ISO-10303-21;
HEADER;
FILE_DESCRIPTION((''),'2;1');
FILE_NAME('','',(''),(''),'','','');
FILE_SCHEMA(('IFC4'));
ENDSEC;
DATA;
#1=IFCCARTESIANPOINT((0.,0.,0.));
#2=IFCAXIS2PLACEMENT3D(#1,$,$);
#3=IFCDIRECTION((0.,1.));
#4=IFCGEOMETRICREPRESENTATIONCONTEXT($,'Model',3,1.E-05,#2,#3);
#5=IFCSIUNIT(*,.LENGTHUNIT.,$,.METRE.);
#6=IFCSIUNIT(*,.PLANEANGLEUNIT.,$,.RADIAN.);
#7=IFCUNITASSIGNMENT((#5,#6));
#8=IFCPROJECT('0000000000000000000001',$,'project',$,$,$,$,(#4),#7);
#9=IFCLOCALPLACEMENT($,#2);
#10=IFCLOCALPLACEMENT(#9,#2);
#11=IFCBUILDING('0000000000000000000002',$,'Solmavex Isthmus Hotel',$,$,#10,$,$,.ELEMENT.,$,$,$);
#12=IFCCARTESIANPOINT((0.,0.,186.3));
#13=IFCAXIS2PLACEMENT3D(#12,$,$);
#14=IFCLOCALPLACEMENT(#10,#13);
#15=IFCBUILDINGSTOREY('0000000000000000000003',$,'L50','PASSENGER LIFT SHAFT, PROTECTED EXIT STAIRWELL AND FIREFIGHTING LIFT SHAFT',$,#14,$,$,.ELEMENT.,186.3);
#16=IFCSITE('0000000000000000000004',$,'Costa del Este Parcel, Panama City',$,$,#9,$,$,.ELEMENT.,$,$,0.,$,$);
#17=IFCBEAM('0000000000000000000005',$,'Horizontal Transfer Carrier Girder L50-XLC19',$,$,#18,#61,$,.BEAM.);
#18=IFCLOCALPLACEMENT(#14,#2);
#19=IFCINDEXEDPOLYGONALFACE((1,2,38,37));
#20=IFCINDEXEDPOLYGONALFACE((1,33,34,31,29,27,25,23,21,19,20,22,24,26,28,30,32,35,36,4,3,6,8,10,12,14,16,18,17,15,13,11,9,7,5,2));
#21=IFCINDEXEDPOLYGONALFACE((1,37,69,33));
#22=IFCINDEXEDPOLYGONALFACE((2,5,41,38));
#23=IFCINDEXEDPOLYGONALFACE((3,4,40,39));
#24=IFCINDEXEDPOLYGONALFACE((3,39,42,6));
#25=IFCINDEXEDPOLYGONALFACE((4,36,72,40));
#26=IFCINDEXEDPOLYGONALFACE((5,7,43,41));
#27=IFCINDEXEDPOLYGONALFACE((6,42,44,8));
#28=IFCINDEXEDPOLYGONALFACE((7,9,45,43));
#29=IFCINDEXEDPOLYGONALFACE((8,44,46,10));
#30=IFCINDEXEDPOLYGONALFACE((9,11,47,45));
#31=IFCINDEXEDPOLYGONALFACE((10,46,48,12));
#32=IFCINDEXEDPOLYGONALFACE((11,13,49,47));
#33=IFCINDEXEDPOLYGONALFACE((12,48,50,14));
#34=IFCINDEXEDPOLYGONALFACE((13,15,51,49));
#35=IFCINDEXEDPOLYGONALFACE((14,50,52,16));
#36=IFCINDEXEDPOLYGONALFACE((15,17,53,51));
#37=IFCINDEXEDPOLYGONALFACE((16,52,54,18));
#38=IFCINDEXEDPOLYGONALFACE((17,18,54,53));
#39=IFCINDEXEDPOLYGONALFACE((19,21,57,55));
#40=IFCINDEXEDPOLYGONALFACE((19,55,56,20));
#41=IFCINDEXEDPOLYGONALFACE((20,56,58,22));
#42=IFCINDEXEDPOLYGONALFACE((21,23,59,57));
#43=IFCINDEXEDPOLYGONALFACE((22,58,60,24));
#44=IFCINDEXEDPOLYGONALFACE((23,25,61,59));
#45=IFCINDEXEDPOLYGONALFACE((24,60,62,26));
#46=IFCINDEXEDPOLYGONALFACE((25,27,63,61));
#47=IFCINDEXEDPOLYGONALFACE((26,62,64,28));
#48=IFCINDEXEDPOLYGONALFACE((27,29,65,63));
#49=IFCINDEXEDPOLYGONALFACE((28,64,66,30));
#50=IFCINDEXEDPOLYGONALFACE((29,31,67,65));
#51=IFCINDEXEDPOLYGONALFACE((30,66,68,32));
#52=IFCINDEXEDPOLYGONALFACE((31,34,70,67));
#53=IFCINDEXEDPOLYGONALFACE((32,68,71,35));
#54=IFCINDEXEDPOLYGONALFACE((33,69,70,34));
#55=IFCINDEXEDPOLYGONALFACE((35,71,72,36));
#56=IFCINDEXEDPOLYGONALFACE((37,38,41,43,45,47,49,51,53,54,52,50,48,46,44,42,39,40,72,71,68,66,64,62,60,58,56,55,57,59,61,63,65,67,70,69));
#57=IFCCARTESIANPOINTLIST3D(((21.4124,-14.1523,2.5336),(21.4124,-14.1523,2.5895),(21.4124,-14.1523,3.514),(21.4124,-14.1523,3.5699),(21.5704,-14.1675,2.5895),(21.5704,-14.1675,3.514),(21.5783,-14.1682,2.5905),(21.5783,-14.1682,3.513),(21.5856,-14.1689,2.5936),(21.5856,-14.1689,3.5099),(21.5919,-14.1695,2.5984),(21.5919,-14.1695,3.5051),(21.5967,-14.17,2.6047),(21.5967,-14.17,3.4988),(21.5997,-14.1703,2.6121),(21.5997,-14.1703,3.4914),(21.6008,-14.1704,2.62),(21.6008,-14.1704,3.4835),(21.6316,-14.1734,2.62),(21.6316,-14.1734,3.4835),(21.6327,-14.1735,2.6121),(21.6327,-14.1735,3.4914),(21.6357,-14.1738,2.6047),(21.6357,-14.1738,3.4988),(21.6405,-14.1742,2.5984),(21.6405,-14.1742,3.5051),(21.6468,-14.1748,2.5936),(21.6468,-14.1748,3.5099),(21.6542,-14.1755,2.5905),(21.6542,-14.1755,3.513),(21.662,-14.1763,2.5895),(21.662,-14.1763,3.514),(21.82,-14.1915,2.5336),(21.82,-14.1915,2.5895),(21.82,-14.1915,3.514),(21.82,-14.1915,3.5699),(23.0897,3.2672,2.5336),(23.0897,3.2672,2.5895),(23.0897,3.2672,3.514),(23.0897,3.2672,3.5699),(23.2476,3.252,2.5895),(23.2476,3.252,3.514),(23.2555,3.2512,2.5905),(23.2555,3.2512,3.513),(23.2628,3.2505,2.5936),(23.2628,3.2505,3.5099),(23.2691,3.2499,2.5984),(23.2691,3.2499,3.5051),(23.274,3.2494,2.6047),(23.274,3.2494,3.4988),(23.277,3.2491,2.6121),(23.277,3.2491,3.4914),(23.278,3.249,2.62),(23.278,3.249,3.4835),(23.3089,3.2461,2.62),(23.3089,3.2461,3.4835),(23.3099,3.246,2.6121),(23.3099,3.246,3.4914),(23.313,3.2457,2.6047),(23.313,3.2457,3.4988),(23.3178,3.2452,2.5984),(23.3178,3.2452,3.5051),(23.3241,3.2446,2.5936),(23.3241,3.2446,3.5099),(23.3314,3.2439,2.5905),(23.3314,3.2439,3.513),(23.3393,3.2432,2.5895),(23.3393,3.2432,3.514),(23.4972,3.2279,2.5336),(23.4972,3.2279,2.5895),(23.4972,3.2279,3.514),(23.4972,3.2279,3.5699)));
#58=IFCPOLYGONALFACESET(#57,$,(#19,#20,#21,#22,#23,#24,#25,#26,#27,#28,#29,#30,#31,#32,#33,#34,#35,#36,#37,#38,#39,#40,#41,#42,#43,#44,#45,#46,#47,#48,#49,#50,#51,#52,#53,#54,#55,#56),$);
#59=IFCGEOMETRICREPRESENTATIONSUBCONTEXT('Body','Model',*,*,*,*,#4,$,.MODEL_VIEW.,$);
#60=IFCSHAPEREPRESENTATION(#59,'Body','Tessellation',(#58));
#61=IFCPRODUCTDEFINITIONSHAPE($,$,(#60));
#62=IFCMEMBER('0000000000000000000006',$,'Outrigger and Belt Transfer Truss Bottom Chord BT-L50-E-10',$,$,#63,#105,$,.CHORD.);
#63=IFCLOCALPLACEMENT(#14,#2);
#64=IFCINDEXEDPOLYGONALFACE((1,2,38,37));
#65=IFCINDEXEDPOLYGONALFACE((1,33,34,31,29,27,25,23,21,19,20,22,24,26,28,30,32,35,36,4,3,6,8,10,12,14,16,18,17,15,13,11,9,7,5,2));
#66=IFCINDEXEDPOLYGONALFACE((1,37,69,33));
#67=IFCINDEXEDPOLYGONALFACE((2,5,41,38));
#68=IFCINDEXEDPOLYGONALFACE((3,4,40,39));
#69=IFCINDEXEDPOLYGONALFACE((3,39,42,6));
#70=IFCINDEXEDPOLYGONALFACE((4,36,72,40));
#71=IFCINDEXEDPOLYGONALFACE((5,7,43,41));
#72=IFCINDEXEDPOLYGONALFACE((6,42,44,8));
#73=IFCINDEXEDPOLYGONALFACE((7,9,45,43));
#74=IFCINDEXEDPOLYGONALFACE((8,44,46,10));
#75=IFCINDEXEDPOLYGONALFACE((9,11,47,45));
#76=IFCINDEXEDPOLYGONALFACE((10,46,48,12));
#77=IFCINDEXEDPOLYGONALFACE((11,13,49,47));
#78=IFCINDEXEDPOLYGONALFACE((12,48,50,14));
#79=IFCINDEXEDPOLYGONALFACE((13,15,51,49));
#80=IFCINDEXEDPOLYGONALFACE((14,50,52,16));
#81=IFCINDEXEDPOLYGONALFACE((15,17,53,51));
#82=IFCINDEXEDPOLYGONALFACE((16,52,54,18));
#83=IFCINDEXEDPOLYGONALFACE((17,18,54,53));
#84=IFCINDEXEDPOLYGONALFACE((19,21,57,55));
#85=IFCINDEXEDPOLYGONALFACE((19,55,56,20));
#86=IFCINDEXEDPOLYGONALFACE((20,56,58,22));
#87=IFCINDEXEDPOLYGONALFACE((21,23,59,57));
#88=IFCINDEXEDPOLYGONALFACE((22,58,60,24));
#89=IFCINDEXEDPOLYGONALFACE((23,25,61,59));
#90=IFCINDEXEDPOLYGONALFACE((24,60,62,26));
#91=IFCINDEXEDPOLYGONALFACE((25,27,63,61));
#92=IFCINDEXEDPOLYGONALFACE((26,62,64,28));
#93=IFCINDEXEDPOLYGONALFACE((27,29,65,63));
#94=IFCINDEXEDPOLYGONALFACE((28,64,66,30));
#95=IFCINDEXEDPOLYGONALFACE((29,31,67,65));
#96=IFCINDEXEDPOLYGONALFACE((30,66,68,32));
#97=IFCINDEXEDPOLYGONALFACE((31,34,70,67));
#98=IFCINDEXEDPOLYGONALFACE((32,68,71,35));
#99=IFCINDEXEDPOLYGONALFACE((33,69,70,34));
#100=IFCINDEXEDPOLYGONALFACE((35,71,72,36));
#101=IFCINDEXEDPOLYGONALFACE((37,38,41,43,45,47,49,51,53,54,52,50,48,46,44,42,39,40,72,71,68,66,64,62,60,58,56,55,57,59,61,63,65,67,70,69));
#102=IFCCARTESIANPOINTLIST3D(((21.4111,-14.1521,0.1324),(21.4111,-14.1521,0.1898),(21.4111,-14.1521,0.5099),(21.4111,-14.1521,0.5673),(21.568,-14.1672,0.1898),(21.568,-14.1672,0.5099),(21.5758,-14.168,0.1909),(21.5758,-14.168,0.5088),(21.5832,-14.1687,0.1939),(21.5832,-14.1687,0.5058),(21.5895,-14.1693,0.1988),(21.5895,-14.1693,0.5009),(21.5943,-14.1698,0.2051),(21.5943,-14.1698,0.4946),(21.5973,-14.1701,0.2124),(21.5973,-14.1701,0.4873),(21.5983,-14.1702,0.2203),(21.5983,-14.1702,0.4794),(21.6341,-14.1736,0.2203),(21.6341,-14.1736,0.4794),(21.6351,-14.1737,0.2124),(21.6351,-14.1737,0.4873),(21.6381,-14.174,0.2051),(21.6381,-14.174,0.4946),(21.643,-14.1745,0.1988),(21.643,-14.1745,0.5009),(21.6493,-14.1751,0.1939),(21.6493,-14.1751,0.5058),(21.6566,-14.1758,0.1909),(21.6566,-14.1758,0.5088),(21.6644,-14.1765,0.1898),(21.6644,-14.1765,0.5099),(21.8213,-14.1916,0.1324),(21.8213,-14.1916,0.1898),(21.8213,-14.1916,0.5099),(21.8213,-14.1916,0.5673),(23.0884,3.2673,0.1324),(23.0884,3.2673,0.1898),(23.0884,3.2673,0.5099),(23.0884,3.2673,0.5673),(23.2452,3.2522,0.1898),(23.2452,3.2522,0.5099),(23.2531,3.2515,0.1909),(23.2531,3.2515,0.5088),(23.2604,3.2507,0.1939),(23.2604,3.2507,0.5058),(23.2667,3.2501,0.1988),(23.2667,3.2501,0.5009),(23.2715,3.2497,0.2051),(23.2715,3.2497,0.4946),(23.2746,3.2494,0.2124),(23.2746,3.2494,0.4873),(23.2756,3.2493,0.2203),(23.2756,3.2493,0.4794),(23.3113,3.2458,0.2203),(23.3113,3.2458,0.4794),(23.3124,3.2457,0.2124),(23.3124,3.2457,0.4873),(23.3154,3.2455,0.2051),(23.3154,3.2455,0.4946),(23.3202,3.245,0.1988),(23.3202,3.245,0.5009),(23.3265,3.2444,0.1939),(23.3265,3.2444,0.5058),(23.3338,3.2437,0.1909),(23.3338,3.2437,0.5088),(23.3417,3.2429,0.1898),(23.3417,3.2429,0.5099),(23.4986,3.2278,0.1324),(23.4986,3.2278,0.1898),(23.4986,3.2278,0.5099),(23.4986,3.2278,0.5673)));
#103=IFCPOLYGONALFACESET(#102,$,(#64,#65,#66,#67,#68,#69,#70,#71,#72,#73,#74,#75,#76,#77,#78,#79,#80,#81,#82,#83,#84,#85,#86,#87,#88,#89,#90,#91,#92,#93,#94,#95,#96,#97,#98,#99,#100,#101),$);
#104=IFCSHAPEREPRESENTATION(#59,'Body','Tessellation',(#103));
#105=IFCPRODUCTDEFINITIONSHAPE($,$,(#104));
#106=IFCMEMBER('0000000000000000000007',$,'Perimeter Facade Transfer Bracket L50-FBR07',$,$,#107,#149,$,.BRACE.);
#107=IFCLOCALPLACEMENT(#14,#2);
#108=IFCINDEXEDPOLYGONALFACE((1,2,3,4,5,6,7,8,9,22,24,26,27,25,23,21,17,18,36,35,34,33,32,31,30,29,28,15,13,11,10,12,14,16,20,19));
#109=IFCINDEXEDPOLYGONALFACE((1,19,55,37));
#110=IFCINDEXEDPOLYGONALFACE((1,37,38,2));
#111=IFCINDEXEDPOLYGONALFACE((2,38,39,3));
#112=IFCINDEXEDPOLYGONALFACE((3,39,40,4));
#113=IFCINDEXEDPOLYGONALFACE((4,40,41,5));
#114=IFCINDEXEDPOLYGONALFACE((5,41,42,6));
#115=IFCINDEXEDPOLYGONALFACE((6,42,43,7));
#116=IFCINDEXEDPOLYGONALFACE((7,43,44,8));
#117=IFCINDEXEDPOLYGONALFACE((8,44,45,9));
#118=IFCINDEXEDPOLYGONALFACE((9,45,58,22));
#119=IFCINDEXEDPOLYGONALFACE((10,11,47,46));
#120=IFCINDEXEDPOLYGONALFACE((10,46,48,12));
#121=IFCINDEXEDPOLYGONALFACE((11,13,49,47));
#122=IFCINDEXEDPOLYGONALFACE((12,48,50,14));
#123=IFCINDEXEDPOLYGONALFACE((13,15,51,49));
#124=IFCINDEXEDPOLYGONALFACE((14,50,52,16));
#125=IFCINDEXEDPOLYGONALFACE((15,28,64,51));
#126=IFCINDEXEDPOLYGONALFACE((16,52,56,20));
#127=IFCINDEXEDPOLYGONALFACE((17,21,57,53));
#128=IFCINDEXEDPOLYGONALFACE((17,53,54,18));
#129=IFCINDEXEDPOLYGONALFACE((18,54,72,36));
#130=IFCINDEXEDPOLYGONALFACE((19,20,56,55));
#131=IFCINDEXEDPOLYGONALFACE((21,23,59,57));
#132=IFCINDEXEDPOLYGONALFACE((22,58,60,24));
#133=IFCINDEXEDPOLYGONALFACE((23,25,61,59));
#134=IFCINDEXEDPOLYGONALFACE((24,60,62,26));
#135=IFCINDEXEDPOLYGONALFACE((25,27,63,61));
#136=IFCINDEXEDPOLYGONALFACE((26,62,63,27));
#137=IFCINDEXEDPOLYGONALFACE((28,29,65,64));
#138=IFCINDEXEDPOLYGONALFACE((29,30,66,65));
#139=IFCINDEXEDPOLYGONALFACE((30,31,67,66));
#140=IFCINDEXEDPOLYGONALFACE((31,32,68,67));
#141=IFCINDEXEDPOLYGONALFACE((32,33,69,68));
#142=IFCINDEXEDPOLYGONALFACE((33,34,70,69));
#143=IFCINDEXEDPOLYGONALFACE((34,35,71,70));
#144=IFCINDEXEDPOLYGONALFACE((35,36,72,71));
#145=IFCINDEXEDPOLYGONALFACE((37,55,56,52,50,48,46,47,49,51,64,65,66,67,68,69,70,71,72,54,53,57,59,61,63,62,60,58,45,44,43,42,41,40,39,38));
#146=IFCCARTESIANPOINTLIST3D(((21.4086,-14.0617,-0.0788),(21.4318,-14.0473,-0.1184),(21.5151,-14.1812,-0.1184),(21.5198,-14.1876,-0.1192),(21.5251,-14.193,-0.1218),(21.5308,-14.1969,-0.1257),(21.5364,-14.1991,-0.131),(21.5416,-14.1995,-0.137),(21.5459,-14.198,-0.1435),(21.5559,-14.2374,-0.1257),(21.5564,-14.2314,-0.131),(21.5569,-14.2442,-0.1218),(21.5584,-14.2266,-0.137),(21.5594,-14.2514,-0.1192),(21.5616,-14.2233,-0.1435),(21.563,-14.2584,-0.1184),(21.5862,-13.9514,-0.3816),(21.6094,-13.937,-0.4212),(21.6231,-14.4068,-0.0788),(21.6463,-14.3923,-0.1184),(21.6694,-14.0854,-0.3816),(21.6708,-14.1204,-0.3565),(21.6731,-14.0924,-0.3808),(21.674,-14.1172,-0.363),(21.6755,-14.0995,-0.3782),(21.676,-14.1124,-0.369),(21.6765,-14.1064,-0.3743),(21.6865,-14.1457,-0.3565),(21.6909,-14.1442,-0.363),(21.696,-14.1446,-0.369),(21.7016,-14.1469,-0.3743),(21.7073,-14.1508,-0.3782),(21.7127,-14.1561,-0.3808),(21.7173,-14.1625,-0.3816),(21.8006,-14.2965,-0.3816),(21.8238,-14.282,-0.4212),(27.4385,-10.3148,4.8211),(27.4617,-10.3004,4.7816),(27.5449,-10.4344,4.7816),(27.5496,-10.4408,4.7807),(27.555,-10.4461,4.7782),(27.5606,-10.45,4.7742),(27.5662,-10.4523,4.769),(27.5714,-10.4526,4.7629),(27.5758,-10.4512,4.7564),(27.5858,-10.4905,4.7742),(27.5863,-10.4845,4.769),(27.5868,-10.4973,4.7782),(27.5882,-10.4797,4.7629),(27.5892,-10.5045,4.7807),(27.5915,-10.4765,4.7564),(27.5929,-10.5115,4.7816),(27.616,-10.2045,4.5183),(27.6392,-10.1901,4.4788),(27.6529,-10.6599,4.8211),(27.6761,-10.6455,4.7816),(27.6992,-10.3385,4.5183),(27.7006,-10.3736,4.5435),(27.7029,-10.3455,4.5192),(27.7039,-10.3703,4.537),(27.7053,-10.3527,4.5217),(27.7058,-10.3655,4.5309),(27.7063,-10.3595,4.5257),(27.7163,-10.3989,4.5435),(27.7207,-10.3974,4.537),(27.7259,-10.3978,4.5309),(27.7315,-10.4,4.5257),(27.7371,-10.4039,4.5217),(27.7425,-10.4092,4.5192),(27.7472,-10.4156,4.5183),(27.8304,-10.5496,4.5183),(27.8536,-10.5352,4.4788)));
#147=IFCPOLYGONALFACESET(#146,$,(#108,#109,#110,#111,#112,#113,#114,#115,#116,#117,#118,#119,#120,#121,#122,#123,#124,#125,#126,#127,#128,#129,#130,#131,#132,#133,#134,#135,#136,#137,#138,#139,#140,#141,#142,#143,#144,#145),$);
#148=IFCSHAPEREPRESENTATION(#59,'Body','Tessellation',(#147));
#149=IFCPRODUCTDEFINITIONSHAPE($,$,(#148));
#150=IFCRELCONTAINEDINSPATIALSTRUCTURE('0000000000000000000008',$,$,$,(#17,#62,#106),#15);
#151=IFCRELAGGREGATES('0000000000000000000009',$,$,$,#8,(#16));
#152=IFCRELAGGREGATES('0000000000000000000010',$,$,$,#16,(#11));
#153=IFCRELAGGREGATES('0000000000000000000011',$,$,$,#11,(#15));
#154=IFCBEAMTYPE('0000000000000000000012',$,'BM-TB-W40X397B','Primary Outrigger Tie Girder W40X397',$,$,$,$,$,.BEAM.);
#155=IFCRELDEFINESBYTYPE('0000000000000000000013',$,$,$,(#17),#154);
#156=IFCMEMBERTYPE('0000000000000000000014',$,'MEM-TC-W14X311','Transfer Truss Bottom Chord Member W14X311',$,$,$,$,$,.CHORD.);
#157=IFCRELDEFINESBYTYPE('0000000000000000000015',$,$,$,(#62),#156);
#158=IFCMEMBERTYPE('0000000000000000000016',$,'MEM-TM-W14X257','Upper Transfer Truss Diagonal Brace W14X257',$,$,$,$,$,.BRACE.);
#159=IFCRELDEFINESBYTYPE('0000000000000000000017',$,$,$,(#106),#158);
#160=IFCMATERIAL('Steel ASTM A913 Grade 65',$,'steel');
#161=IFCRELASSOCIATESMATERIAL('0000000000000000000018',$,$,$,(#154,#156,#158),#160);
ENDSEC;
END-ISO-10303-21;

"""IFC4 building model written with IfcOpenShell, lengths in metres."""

from ifc_helpers import new_model, si_unit, direction, frame, origin, origin_2d, place, context, subcontext, project, spatial, i_section, extrude, material, material_profile, profile_set, type_object, element, save


model = new_model("IFC4")

# Units and contexts
model_context = context("Model", 3, precision=1e-05, world=origin(), true_north=direction((0.0, 1.0)))
body_context = subcontext(model_context, "Body", "Model", "MODEL_VIEW")
ifc_project = project(units=[si_unit("LENGTHUNIT", "METRE"), si_unit("PLANEANGLEUNIT", "RADIAN")], contexts=[model_context])

# Site, building, storey
site_placement = place(None, origin())
site = spatial("IfcSite", under=ifc_project, at=site_placement, Name="Costa del Este Parcel, Panama City", CompositionType="ELEMENT", RefElevation=0.0)
building_placement = place(site_placement, origin())
building = spatial("IfcBuilding", under=site, at=building_placement, Name="Solmavex Isthmus Hotel", CompositionType="ELEMENT")
storey_placement = place(building_placement, frame((0.0, 0.0, 186.3)))
storey = spatial("IfcBuildingStorey", under=building, at=storey_placement, Name="L50", Description="PASSENGER LIFT SHAFT, PROTECTED EXIT STAIRWELL AND FIREFIGHTING LIFT SHAFT", CompositionType="ELEMENT", Elevation=186.3)

# Shared definitions
ifc_material_1 = material(Name="Steel ASTM A913 Grade 65", Category="steel")

# Beam
ifc_material_profile_1 = material_profile(ifc_material_1, i_section(OverallWidth=0.4094, OverallDepth=1.0364, WebThickness=0.031, FlangeThickness=0.0559, FilletRadius=0.0305, at=origin_2d()), Name="W40X397")
ifc_profile_set_1 = profile_set([ifc_material_profile_1], Name="Steel ASTM A913 Grade 65")
beam_type_1 = type_object("IfcBeamType", Name="BM-TB-W40X397B", Description="Primary Outrigger Tie Girder W40X397", PredefinedType="BEAM", material=ifc_profile_set_1)
beam_1_placement = place(storey_placement, frame((21.6162, -14.1719, 3.0518), z_axis=(0.095843, 0.995396, 0.0), x_axis=(-0.995396, 0.095843, 0.0)))
element("IfcBeam", 1, at=beam_1_placement, inside=storey, type_object=beam_type_1, Name="Horizontal Transfer Carrier Girder L50-XLC19", PredefinedType="BEAM", context=body_context, shape_type="SweptSolid", body=[
    extrude(i_section(OverallWidth=0.4094, OverallDepth=1.0364, WebThickness=0.031, FlangeThickness=0.0559, FilletRadius=0.0305, at=origin_2d()), origin(), (0.0, 0.0, 1.0), 17.5),
])

# Members
ifc_material_profile_2 = material_profile(ifc_material_1, i_section(OverallWidth=0.4121, OverallDepth=0.4348, WebThickness=0.0359, FlangeThickness=0.0574, FilletRadius=0.0305, at=origin_2d()), Name="W14X311")
ifc_profile_set_2 = profile_set([ifc_material_profile_2], Name="Steel ASTM A913 Grade 65")
member_type_1 = type_object("IfcMemberType", Name="MEM-TC-W14X311", Description="Transfer Truss Bottom Chord Member W14X311", PredefinedType="CHORD", material=ifc_profile_set_2)
member_1_placement = place(storey_placement, frame((21.6162, -14.1719, 0.3499), z_axis=(0.095843, 0.995396, 0.0), x_axis=(-0.995396, 0.095843, 0.0)))
element("IfcMember", 2, at=member_1_placement, inside=storey, type_object=member_type_1, Name="Outrigger and Belt Transfer Truss Bottom Chord BT-L50-E-10", PredefinedType="CHORD", context=body_context, shape_type="SweptSolid", body=[
    extrude(i_section(OverallWidth=0.4121, OverallDepth=0.4348, WebThickness=0.0359, FlangeThickness=0.0574, FilletRadius=0.0305, at=origin_2d()), origin(), (0.0, 0.0, 1.0), 17.5),
])
ifc_material_profile_3 = material_profile(ifc_material_1, i_section(OverallWidth=0.4062, OverallDepth=0.416, WebThickness=0.0298, FlangeThickness=0.0481, FilletRadius=0.0305, at=origin_2d()), Name="W14X257")
ifc_profile_set_3 = profile_set([ifc_material_profile_3], Name="Steel ASTM A913 Grade 65")
member_type_2 = type_object("IfcMemberType", Name="MEM-TM-W14X257", Description="Upper Transfer Truss Diagonal Brace W14X257", PredefinedType="BRACE", material=ifc_profile_set_3)
member_2_placement = place(storey_placement, frame((21.6162, -14.1719, -0.25), z_axis=(0.699033, 0.43437, 0.568046), x_axis=(-0.52779, 0.849375, 0.0)))
element("IfcMember", 3, at=member_2_placement, inside=storey, type_object=member_type_2, Name="Perimeter Facade Transfer Bracket L50-FBR07", PredefinedType="BRACE", context=body_context, shape_type="SweptSolid", body=[
    extrude(i_section(OverallWidth=0.4062, OverallDepth=0.416, WebThickness=0.0298, FlangeThickness=0.0481, FilletRadius=0.0305, at=origin_2d()), origin(), (0.0, 0.0, 1.0), 8.626),
])

save(model, "model.ifc")
